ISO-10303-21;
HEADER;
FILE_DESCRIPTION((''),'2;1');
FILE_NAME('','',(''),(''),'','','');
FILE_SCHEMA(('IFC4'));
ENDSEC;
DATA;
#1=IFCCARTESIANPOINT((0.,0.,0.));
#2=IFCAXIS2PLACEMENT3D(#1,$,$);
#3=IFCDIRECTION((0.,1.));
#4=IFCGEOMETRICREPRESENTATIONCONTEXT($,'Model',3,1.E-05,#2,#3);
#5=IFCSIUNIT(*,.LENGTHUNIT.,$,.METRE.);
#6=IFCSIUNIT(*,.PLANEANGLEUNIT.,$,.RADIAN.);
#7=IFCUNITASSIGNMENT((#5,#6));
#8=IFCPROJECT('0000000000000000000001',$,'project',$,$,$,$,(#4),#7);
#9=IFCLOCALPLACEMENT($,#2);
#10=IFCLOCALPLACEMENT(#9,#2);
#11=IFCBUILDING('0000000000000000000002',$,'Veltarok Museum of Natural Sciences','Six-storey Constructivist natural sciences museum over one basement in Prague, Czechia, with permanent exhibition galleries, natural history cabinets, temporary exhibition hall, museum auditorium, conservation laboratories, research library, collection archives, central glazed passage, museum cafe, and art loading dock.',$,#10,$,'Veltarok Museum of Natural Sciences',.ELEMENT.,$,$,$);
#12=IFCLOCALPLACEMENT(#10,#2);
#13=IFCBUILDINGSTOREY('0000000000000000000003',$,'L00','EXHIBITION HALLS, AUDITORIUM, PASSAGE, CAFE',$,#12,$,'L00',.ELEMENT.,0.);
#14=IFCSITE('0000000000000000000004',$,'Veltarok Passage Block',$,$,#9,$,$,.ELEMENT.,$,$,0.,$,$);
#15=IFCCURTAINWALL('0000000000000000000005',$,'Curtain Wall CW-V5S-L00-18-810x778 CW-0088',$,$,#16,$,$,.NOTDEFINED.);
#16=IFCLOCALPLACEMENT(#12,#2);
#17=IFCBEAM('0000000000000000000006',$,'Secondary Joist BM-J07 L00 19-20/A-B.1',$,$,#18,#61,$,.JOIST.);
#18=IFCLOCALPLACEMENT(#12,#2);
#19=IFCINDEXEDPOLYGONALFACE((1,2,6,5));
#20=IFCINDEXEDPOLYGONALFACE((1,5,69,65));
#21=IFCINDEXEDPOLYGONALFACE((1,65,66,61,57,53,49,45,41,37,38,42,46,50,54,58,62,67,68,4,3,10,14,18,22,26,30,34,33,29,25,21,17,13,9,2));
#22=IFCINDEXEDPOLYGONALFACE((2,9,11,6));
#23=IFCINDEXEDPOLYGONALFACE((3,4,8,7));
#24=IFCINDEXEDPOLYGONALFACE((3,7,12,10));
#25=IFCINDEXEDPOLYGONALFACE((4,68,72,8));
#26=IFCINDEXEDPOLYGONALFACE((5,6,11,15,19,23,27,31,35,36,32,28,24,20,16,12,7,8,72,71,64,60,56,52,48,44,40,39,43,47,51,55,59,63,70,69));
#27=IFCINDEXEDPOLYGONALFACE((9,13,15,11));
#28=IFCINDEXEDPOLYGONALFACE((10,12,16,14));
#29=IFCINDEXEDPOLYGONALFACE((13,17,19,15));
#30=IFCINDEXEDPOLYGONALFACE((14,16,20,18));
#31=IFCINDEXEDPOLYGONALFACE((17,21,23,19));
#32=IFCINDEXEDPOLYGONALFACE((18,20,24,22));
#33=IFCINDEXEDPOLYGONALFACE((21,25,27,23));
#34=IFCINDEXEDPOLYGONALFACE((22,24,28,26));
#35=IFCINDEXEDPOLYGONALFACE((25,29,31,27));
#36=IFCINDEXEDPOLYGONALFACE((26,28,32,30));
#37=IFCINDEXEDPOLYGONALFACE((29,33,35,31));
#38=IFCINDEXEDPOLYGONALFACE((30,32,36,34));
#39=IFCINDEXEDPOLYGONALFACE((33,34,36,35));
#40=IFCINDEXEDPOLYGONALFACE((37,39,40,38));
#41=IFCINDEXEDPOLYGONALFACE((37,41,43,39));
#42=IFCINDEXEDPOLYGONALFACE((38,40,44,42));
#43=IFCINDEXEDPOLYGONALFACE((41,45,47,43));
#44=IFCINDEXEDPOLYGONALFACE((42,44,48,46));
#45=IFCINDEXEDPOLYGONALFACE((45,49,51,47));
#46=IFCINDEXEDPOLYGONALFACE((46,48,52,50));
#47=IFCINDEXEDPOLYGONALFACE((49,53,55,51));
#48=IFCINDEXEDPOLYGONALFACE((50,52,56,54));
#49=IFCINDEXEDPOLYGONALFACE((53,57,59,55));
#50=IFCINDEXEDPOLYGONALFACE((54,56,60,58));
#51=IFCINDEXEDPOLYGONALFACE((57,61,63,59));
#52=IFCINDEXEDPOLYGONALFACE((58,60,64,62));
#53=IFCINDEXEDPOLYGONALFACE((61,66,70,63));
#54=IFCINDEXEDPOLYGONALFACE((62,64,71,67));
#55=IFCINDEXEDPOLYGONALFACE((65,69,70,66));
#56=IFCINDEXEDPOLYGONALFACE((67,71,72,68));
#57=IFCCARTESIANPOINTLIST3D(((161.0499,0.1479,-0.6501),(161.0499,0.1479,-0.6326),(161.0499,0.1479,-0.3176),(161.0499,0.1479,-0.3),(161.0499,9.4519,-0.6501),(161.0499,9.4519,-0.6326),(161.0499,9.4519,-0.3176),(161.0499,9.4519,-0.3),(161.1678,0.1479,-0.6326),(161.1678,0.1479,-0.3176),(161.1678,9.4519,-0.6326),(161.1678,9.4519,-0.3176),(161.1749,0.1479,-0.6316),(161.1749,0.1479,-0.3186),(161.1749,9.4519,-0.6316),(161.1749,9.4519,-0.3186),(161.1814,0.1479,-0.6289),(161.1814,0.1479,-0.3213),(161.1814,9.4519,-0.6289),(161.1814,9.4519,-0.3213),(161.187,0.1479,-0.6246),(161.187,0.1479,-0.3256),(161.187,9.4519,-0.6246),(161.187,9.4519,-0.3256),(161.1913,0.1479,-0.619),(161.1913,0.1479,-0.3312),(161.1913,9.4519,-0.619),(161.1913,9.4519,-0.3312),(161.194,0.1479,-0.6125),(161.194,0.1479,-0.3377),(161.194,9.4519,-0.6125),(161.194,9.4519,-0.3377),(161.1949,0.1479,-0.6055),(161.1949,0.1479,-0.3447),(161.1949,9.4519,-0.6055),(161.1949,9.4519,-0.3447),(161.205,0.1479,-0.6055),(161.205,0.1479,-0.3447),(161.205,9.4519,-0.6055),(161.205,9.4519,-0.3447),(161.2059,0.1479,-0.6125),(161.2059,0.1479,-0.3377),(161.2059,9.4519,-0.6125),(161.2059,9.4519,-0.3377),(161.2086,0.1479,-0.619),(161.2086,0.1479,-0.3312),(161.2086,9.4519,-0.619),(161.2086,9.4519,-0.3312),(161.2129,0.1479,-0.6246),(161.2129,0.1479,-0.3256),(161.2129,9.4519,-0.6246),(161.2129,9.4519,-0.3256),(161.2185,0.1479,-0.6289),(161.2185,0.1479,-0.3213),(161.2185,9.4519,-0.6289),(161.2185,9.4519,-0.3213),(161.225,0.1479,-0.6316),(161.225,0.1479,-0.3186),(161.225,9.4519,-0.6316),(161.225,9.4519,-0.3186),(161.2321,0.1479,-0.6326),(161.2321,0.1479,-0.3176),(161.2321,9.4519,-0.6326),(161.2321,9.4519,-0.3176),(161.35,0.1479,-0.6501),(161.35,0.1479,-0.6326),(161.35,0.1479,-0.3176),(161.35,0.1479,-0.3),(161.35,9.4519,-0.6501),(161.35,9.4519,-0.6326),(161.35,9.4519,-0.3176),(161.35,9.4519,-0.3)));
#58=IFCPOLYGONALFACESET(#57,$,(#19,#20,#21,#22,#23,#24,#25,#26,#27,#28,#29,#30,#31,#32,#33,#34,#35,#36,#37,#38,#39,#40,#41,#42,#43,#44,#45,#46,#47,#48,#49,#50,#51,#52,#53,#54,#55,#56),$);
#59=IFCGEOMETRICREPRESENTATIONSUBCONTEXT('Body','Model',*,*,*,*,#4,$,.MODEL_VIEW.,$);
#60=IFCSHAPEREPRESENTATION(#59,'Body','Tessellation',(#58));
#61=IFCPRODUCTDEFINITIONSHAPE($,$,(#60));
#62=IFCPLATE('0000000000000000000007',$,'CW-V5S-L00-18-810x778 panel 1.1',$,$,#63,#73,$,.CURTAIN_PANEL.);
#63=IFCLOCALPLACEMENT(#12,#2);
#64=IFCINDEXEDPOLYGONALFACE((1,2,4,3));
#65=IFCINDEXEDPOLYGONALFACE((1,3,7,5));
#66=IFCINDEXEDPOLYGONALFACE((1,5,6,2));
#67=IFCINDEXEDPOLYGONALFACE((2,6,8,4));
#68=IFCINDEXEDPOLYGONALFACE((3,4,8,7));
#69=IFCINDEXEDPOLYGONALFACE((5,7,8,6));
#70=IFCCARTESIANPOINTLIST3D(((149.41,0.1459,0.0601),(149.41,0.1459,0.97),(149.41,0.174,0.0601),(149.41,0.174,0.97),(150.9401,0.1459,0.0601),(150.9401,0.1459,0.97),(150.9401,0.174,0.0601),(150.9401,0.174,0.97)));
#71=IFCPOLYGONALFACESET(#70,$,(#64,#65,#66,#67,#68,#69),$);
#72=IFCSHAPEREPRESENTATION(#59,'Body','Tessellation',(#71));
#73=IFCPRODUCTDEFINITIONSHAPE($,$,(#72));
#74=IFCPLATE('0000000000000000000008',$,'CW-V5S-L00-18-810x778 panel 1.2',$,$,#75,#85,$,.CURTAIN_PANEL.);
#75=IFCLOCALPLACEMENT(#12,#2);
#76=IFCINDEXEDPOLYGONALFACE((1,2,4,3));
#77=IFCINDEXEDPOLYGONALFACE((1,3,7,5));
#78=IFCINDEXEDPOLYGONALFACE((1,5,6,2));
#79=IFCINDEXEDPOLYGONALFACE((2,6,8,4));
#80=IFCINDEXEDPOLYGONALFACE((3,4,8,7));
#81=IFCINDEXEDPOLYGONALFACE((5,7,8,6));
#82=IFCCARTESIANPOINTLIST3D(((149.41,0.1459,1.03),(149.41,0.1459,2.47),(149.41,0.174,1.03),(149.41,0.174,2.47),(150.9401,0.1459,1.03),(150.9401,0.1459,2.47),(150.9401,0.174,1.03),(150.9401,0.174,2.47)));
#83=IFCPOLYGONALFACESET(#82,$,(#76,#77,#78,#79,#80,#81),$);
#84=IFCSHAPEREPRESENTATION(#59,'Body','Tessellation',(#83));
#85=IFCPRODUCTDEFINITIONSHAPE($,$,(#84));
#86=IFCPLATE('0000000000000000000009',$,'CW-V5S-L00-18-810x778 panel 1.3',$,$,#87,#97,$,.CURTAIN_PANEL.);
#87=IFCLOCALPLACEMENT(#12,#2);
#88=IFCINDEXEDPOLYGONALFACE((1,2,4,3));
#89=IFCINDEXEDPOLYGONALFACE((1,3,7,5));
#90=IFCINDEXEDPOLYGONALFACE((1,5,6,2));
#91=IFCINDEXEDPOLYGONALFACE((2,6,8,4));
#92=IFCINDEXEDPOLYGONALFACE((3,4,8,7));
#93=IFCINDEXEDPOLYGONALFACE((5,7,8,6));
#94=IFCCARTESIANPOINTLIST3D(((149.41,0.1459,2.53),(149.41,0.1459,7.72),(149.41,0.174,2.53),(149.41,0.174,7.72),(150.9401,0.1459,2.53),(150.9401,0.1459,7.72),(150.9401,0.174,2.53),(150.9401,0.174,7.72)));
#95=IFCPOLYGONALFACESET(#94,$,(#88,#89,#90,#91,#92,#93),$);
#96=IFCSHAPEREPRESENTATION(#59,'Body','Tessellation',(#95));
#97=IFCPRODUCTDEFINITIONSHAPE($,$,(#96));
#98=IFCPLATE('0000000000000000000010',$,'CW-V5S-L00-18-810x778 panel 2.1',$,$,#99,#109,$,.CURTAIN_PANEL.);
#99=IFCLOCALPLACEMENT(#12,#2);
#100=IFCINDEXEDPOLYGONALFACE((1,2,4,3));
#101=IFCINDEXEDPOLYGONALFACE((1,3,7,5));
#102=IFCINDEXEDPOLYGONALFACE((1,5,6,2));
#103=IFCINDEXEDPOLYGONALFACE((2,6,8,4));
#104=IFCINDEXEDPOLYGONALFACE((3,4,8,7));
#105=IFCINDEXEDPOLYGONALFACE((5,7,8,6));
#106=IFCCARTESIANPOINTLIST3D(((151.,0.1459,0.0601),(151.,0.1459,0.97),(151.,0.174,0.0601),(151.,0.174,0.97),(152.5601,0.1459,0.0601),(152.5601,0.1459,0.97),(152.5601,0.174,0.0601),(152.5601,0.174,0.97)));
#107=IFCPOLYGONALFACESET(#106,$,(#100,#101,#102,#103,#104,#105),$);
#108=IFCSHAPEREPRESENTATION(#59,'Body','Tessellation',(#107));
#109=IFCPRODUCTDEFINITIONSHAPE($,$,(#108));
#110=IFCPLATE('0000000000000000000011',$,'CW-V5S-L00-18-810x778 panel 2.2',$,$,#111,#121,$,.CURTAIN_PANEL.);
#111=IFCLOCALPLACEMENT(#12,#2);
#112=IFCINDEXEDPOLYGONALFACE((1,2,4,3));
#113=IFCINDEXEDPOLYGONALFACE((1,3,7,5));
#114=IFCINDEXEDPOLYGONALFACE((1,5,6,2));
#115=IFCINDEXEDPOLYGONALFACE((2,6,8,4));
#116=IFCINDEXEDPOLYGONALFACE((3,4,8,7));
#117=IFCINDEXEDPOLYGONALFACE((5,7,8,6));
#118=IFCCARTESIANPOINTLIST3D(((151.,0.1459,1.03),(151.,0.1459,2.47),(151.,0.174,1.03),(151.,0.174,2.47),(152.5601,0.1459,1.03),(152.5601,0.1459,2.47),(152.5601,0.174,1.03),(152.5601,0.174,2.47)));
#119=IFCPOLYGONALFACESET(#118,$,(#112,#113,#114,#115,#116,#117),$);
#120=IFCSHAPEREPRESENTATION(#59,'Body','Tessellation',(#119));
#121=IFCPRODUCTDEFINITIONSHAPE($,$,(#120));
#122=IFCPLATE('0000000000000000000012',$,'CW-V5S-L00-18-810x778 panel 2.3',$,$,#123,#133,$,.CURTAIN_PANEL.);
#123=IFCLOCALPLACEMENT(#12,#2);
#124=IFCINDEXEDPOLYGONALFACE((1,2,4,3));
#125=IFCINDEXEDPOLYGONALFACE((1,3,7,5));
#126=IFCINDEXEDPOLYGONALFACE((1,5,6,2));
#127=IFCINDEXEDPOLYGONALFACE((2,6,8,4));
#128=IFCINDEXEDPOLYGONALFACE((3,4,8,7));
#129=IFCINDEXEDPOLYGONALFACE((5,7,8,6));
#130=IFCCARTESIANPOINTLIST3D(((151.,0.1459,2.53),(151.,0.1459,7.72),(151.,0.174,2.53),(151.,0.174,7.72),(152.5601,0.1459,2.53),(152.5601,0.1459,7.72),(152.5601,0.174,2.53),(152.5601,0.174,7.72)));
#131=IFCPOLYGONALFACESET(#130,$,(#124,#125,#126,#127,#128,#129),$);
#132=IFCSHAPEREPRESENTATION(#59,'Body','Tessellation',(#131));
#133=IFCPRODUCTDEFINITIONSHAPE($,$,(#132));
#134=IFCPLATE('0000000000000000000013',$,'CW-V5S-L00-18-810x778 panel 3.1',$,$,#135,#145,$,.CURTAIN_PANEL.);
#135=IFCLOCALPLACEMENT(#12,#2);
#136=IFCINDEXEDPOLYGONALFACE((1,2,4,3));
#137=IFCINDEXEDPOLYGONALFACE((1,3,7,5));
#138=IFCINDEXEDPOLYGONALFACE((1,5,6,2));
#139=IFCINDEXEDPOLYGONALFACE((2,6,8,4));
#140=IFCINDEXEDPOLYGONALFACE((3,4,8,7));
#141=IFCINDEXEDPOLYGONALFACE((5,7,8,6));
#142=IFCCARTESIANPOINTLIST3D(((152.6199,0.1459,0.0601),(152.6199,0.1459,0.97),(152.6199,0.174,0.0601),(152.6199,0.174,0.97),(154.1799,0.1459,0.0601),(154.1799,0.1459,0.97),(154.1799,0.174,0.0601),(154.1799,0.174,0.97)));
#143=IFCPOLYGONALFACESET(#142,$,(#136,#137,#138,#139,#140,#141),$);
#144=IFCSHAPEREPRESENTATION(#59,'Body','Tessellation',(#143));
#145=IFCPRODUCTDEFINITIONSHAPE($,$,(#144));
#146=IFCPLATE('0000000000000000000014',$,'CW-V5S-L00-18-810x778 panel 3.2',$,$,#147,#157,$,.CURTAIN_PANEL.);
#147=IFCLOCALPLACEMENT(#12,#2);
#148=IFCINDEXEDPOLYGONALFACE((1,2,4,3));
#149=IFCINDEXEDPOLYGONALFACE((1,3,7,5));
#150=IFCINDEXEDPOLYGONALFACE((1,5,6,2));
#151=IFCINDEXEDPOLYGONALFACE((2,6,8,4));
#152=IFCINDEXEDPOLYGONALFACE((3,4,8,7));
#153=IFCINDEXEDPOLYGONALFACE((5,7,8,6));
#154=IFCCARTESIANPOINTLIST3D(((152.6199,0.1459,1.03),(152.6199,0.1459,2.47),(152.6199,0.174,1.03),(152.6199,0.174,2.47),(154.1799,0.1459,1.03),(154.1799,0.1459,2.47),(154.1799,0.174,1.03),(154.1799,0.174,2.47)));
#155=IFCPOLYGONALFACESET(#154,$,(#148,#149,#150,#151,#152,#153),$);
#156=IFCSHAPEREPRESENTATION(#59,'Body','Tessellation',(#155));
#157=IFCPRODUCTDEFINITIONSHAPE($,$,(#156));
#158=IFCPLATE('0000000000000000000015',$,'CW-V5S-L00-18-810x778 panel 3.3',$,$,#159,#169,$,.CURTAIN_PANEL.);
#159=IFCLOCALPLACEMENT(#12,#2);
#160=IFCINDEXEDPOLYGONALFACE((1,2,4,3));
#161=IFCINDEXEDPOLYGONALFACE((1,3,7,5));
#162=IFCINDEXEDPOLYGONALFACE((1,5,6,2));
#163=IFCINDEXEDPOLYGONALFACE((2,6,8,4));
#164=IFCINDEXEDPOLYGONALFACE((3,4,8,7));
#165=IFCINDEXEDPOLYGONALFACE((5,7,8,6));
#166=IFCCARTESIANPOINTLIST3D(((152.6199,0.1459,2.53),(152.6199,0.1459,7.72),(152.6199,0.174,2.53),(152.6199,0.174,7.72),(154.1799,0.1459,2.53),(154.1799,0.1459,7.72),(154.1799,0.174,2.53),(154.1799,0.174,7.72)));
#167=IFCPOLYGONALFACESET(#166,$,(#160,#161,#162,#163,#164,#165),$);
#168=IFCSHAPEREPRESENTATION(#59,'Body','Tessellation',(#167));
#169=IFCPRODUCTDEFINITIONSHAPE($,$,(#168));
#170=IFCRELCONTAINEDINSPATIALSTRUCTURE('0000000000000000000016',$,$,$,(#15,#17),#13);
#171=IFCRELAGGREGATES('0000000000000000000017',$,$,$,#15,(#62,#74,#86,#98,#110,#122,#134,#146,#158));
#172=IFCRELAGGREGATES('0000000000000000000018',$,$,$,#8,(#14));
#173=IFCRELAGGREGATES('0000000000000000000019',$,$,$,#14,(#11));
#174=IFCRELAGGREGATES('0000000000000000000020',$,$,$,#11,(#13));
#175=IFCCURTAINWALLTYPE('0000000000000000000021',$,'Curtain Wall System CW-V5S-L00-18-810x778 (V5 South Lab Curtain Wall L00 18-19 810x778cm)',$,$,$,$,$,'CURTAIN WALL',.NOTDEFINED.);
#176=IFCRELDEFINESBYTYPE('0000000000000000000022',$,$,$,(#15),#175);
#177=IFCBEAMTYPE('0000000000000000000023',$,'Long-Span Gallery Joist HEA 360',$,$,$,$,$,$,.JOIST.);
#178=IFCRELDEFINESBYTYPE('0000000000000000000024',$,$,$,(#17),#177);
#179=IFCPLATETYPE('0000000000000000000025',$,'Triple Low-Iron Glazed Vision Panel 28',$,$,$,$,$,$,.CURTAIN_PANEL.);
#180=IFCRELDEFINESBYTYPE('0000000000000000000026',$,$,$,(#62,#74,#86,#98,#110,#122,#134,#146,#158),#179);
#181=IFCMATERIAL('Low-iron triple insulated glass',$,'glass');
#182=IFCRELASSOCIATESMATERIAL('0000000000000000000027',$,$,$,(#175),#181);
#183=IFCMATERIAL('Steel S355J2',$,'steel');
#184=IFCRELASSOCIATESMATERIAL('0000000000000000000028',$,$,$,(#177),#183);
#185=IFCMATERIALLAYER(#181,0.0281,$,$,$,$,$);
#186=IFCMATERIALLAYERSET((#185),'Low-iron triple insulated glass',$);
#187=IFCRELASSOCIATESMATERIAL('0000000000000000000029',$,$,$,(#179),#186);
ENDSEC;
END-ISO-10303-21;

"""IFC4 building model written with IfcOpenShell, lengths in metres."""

from ifc_helpers import new_model, si_unit, direction, frame, origin, origin_2d, place, context, subcontext, project, spatial, rectangle, i_section, extrude, material, layer, layer_set, material_profile, profile_set, type_object, element, aggregate, save


model = new_model("IFC4")

# Units and contexts
model_context = context("Model", 3, precision=1e-05, world=origin(), true_north=direction((0.0, 1.0)))
body_context = subcontext(model_context, "Body", "Model", "MODEL_VIEW")
ifc_project = project(units=[si_unit("LENGTHUNIT", "METRE"), si_unit("PLANEANGLEUNIT", "RADIAN")], contexts=[model_context])

# Site, building, storey
site_placement = place(None, origin())
site = spatial("IfcSite", under=ifc_project, at=site_placement, Name="Veltarok Passage Block", CompositionType="ELEMENT", RefElevation=0.0)
building_placement = place(site_placement, origin())
building = spatial("IfcBuilding", under=site, at=building_placement, Name="Veltarok Museum of Natural Sciences", Description="Six-storey Constructivist natural sciences museum over one basement in Prague, Czechia, with permanent exhibition galleries, natural history cabinets, temporary exhibition hall, museum auditorium, conservation laboratories, research library, collection archives, central glazed passage, museum cafe, and art loading dock.", LongName="Veltarok Museum of Natural Sciences", CompositionType="ELEMENT")
storey_placement = place(building_placement, origin())
storey = spatial("IfcBuildingStorey", under=building, at=storey_placement, Name="L00", Description="EXHIBITION HALLS, AUDITORIUM, PASSAGE, CAFE", LongName="L00", CompositionType="ELEMENT", Elevation=0.0)

# Shared definitions
ifc_material_1 = material(Name="Steel S355J2", Category="steel")

# Curtain wall
ifc_material_2 = material(Name="Low-iron triple insulated glass", Category="glass")
curtain_wall_type = type_object("IfcCurtainWallType", Name="Curtain Wall System CW-V5S-L00-18-810x778 (V5 South Lab Curtain Wall L00 18-19 810x778cm)", ElementType="CURTAIN WALL", PredefinedType="NOTDEFINED", material=ifc_material_2)
curtain_wall_placement = place(storey_placement, origin())
curtain_wall = element("IfcCurtainWall", 1, at=curtain_wall_placement, inside=storey, type_object=curtain_wall_type, Name="Curtain Wall CW-V5S-L00-18-810x778 CW-0088", PredefinedType="NOTDEFINED")

# Beam
ifc_material_profile_1 = material_profile(ifc_material_1, i_section(OverallWidth=0.3, OverallDepth=0.3501, WebThickness=0.01, FlangeThickness=0.0176, FilletRadius=0.0271, at=origin_2d()), Name="HEA 360")
ifc_profile_set_1 = profile_set([ifc_material_profile_1], Name="Steel S355J2")
beam_type_1 = type_object("IfcBeamType", Name="Long-Span Gallery Joist HEA 360", PredefinedType="JOIST", material=ifc_profile_set_1)
beam_1_placement = place(storey_placement, frame((161.2, 0.1479, -0.4751), z_axis=(0.0, 1.0, 0.0), x_axis=(-1.0, 0.0, 0.0)))
element("IfcBeam", 2, at=beam_1_placement, inside=storey, type_object=beam_type_1, Name="Secondary Joist BM-J07 L00 19-20/A-B.1", PredefinedType="JOIST", context=body_context, shape_type="SweptSolid", body=[
    extrude(i_section(OverallWidth=0.3, OverallDepth=0.3501, WebThickness=0.01, FlangeThickness=0.0176, FilletRadius=0.0271, at=origin_2d()), origin(), (0.0, 0.0, 1.0), 9.304),
])

# Plates
ifc_layer = layer(ifc_material_2, 0.0281)
ifc_layer_set = layer_set([ifc_layer], Name="Low-iron triple insulated glass")
plate_type = type_object("IfcPlateType", Name="Triple Low-Iron Glazed Vision Panel 28", PredefinedType="CURTAIN_PANEL", material=ifc_layer_set)
plate_1_placement = place(storey_placement, frame((150.175, 0.1599, 0.0601), z_axis=(0.0, 0.0, 1.0), x_axis=(1.0, 0.0, 0.0)))
plate_1 = element("IfcPlate", 3, at=plate_1_placement, type_object=plate_type, Name="CW-V5S-L00-18-810x778 panel 1.1", PredefinedType="CURTAIN_PANEL", context=body_context, shape_type="SweptSolid", body=[
    extrude(rectangle(XDim=1.53, YDim=0.0281, at=origin_2d()), origin(), (0.0, 0.0, 1.0), 0.9099),
])
plate_2_placement = place(storey_placement, frame((150.175, 0.1599, 1.03), z_axis=(0.0, 0.0, 1.0), x_axis=(1.0, 0.0, 0.0)))
plate_2 = element("IfcPlate", 4, at=plate_2_placement, type_object=plate_type, Name="CW-V5S-L00-18-810x778 panel 1.2", PredefinedType="CURTAIN_PANEL", context=body_context, shape_type="SweptSolid", body=[
    extrude(rectangle(XDim=1.53, YDim=0.0281, at=origin_2d()), origin(), (0.0, 0.0, 1.0), 1.4399),
])
plate_3_placement = place(storey_placement, frame((150.175, 0.1599, 2.53), z_axis=(0.0, 0.0, 1.0), x_axis=(1.0, 0.0, 0.0)))
plate_3 = element("IfcPlate", 5, at=plate_3_placement, type_object=plate_type, Name="CW-V5S-L00-18-810x778 panel 1.3", PredefinedType="CURTAIN_PANEL", context=body_context, shape_type="SweptSolid", body=[
    extrude(rectangle(XDim=1.53, YDim=0.0281, at=origin_2d()), origin(), (0.0, 0.0, 1.0), 5.1899),
])
plate_4_placement = place(storey_placement, frame((151.78, 0.1599, 0.0601), z_axis=(0.0, 0.0, 1.0), x_axis=(1.0, 0.0, 0.0)))
plate_4 = element("IfcPlate", 6, at=plate_4_placement, type_object=plate_type, Name="CW-V5S-L00-18-810x778 panel 2.1", PredefinedType="CURTAIN_PANEL", context=body_context, shape_type="SweptSolid", body=[
    extrude(rectangle(XDim=1.5601, YDim=0.0281, at=origin_2d()), origin(), (0.0, 0.0, 1.0), 0.9099),
])
plate_5_placement = place(storey_placement, frame((151.78, 0.1599, 1.03), z_axis=(0.0, 0.0, 1.0), x_axis=(1.0, 0.0, 0.0)))
plate_5 = element("IfcPlate", 7, at=plate_5_placement, type_object=plate_type, Name="CW-V5S-L00-18-810x778 panel 2.2", PredefinedType="CURTAIN_PANEL", context=body_context, shape_type="SweptSolid", body=[
    extrude(rectangle(XDim=1.5601, YDim=0.0281, at=origin_2d()), origin(), (0.0, 0.0, 1.0), 1.4399),
])
plate_6_placement = place(storey_placement, frame((151.78, 0.1599, 2.53), z_axis=(0.0, 0.0, 1.0), x_axis=(1.0, 0.0, 0.0)))
plate_6 = element("IfcPlate", 8, at=plate_6_placement, type_object=plate_type, Name="CW-V5S-L00-18-810x778 panel 2.3", PredefinedType="CURTAIN_PANEL", context=body_context, shape_type="SweptSolid", body=[
    extrude(rectangle(XDim=1.5601, YDim=0.0281, at=origin_2d()), origin(), (0.0, 0.0, 1.0), 5.1899),
])
plate_7_placement = place(storey_placement, frame((153.3999, 0.1599, 0.0601), z_axis=(0.0, 0.0, 1.0), x_axis=(1.0, 0.0, 0.0)))
plate_7 = element("IfcPlate", 9, at=plate_7_placement, type_object=plate_type, Name="CW-V5S-L00-18-810x778 panel 3.1", PredefinedType="CURTAIN_PANEL", context=body_context, shape_type="SweptSolid", body=[
    extrude(rectangle(XDim=1.5601, YDim=0.0281, at=origin_2d()), origin(), (0.0, 0.0, 1.0), 0.9099),
])
plate_8_placement = place(storey_placement, frame((153.3999, 0.1599, 1.03), z_axis=(0.0, 0.0, 1.0), x_axis=(1.0, 0.0, 0.0)))
plate_8 = element("IfcPlate", 10, at=plate_8_placement, type_object=plate_type, Name="CW-V5S-L00-18-810x778 panel 3.2", PredefinedType="CURTAIN_PANEL", context=body_context, shape_type="SweptSolid", body=[
    extrude(rectangle(XDim=1.5601, YDim=0.0281, at=origin_2d()), origin(), (0.0, 0.0, 1.0), 1.4399),
])
plate_9_placement = place(storey_placement, frame((153.3999, 0.1599, 2.53), z_axis=(0.0, 0.0, 1.0), x_axis=(1.0, 0.0, 0.0)))
plate_9 = element("IfcPlate", 11, at=plate_9_placement, type_object=plate_type, Name="CW-V5S-L00-18-810x778 panel 3.3", PredefinedType="CURTAIN_PANEL", context=body_context, shape_type="SweptSolid", body=[
    extrude(rectangle(XDim=1.5601, YDim=0.0281, at=origin_2d()), origin(), (0.0, 0.0, 1.0), 5.1899),
])
aggregate(curtain_wall, [plate_1, plate_2, plate_3, plate_4, plate_5, plate_6, plate_7, plate_8, plate_9])

save(model, "model.ifc")
